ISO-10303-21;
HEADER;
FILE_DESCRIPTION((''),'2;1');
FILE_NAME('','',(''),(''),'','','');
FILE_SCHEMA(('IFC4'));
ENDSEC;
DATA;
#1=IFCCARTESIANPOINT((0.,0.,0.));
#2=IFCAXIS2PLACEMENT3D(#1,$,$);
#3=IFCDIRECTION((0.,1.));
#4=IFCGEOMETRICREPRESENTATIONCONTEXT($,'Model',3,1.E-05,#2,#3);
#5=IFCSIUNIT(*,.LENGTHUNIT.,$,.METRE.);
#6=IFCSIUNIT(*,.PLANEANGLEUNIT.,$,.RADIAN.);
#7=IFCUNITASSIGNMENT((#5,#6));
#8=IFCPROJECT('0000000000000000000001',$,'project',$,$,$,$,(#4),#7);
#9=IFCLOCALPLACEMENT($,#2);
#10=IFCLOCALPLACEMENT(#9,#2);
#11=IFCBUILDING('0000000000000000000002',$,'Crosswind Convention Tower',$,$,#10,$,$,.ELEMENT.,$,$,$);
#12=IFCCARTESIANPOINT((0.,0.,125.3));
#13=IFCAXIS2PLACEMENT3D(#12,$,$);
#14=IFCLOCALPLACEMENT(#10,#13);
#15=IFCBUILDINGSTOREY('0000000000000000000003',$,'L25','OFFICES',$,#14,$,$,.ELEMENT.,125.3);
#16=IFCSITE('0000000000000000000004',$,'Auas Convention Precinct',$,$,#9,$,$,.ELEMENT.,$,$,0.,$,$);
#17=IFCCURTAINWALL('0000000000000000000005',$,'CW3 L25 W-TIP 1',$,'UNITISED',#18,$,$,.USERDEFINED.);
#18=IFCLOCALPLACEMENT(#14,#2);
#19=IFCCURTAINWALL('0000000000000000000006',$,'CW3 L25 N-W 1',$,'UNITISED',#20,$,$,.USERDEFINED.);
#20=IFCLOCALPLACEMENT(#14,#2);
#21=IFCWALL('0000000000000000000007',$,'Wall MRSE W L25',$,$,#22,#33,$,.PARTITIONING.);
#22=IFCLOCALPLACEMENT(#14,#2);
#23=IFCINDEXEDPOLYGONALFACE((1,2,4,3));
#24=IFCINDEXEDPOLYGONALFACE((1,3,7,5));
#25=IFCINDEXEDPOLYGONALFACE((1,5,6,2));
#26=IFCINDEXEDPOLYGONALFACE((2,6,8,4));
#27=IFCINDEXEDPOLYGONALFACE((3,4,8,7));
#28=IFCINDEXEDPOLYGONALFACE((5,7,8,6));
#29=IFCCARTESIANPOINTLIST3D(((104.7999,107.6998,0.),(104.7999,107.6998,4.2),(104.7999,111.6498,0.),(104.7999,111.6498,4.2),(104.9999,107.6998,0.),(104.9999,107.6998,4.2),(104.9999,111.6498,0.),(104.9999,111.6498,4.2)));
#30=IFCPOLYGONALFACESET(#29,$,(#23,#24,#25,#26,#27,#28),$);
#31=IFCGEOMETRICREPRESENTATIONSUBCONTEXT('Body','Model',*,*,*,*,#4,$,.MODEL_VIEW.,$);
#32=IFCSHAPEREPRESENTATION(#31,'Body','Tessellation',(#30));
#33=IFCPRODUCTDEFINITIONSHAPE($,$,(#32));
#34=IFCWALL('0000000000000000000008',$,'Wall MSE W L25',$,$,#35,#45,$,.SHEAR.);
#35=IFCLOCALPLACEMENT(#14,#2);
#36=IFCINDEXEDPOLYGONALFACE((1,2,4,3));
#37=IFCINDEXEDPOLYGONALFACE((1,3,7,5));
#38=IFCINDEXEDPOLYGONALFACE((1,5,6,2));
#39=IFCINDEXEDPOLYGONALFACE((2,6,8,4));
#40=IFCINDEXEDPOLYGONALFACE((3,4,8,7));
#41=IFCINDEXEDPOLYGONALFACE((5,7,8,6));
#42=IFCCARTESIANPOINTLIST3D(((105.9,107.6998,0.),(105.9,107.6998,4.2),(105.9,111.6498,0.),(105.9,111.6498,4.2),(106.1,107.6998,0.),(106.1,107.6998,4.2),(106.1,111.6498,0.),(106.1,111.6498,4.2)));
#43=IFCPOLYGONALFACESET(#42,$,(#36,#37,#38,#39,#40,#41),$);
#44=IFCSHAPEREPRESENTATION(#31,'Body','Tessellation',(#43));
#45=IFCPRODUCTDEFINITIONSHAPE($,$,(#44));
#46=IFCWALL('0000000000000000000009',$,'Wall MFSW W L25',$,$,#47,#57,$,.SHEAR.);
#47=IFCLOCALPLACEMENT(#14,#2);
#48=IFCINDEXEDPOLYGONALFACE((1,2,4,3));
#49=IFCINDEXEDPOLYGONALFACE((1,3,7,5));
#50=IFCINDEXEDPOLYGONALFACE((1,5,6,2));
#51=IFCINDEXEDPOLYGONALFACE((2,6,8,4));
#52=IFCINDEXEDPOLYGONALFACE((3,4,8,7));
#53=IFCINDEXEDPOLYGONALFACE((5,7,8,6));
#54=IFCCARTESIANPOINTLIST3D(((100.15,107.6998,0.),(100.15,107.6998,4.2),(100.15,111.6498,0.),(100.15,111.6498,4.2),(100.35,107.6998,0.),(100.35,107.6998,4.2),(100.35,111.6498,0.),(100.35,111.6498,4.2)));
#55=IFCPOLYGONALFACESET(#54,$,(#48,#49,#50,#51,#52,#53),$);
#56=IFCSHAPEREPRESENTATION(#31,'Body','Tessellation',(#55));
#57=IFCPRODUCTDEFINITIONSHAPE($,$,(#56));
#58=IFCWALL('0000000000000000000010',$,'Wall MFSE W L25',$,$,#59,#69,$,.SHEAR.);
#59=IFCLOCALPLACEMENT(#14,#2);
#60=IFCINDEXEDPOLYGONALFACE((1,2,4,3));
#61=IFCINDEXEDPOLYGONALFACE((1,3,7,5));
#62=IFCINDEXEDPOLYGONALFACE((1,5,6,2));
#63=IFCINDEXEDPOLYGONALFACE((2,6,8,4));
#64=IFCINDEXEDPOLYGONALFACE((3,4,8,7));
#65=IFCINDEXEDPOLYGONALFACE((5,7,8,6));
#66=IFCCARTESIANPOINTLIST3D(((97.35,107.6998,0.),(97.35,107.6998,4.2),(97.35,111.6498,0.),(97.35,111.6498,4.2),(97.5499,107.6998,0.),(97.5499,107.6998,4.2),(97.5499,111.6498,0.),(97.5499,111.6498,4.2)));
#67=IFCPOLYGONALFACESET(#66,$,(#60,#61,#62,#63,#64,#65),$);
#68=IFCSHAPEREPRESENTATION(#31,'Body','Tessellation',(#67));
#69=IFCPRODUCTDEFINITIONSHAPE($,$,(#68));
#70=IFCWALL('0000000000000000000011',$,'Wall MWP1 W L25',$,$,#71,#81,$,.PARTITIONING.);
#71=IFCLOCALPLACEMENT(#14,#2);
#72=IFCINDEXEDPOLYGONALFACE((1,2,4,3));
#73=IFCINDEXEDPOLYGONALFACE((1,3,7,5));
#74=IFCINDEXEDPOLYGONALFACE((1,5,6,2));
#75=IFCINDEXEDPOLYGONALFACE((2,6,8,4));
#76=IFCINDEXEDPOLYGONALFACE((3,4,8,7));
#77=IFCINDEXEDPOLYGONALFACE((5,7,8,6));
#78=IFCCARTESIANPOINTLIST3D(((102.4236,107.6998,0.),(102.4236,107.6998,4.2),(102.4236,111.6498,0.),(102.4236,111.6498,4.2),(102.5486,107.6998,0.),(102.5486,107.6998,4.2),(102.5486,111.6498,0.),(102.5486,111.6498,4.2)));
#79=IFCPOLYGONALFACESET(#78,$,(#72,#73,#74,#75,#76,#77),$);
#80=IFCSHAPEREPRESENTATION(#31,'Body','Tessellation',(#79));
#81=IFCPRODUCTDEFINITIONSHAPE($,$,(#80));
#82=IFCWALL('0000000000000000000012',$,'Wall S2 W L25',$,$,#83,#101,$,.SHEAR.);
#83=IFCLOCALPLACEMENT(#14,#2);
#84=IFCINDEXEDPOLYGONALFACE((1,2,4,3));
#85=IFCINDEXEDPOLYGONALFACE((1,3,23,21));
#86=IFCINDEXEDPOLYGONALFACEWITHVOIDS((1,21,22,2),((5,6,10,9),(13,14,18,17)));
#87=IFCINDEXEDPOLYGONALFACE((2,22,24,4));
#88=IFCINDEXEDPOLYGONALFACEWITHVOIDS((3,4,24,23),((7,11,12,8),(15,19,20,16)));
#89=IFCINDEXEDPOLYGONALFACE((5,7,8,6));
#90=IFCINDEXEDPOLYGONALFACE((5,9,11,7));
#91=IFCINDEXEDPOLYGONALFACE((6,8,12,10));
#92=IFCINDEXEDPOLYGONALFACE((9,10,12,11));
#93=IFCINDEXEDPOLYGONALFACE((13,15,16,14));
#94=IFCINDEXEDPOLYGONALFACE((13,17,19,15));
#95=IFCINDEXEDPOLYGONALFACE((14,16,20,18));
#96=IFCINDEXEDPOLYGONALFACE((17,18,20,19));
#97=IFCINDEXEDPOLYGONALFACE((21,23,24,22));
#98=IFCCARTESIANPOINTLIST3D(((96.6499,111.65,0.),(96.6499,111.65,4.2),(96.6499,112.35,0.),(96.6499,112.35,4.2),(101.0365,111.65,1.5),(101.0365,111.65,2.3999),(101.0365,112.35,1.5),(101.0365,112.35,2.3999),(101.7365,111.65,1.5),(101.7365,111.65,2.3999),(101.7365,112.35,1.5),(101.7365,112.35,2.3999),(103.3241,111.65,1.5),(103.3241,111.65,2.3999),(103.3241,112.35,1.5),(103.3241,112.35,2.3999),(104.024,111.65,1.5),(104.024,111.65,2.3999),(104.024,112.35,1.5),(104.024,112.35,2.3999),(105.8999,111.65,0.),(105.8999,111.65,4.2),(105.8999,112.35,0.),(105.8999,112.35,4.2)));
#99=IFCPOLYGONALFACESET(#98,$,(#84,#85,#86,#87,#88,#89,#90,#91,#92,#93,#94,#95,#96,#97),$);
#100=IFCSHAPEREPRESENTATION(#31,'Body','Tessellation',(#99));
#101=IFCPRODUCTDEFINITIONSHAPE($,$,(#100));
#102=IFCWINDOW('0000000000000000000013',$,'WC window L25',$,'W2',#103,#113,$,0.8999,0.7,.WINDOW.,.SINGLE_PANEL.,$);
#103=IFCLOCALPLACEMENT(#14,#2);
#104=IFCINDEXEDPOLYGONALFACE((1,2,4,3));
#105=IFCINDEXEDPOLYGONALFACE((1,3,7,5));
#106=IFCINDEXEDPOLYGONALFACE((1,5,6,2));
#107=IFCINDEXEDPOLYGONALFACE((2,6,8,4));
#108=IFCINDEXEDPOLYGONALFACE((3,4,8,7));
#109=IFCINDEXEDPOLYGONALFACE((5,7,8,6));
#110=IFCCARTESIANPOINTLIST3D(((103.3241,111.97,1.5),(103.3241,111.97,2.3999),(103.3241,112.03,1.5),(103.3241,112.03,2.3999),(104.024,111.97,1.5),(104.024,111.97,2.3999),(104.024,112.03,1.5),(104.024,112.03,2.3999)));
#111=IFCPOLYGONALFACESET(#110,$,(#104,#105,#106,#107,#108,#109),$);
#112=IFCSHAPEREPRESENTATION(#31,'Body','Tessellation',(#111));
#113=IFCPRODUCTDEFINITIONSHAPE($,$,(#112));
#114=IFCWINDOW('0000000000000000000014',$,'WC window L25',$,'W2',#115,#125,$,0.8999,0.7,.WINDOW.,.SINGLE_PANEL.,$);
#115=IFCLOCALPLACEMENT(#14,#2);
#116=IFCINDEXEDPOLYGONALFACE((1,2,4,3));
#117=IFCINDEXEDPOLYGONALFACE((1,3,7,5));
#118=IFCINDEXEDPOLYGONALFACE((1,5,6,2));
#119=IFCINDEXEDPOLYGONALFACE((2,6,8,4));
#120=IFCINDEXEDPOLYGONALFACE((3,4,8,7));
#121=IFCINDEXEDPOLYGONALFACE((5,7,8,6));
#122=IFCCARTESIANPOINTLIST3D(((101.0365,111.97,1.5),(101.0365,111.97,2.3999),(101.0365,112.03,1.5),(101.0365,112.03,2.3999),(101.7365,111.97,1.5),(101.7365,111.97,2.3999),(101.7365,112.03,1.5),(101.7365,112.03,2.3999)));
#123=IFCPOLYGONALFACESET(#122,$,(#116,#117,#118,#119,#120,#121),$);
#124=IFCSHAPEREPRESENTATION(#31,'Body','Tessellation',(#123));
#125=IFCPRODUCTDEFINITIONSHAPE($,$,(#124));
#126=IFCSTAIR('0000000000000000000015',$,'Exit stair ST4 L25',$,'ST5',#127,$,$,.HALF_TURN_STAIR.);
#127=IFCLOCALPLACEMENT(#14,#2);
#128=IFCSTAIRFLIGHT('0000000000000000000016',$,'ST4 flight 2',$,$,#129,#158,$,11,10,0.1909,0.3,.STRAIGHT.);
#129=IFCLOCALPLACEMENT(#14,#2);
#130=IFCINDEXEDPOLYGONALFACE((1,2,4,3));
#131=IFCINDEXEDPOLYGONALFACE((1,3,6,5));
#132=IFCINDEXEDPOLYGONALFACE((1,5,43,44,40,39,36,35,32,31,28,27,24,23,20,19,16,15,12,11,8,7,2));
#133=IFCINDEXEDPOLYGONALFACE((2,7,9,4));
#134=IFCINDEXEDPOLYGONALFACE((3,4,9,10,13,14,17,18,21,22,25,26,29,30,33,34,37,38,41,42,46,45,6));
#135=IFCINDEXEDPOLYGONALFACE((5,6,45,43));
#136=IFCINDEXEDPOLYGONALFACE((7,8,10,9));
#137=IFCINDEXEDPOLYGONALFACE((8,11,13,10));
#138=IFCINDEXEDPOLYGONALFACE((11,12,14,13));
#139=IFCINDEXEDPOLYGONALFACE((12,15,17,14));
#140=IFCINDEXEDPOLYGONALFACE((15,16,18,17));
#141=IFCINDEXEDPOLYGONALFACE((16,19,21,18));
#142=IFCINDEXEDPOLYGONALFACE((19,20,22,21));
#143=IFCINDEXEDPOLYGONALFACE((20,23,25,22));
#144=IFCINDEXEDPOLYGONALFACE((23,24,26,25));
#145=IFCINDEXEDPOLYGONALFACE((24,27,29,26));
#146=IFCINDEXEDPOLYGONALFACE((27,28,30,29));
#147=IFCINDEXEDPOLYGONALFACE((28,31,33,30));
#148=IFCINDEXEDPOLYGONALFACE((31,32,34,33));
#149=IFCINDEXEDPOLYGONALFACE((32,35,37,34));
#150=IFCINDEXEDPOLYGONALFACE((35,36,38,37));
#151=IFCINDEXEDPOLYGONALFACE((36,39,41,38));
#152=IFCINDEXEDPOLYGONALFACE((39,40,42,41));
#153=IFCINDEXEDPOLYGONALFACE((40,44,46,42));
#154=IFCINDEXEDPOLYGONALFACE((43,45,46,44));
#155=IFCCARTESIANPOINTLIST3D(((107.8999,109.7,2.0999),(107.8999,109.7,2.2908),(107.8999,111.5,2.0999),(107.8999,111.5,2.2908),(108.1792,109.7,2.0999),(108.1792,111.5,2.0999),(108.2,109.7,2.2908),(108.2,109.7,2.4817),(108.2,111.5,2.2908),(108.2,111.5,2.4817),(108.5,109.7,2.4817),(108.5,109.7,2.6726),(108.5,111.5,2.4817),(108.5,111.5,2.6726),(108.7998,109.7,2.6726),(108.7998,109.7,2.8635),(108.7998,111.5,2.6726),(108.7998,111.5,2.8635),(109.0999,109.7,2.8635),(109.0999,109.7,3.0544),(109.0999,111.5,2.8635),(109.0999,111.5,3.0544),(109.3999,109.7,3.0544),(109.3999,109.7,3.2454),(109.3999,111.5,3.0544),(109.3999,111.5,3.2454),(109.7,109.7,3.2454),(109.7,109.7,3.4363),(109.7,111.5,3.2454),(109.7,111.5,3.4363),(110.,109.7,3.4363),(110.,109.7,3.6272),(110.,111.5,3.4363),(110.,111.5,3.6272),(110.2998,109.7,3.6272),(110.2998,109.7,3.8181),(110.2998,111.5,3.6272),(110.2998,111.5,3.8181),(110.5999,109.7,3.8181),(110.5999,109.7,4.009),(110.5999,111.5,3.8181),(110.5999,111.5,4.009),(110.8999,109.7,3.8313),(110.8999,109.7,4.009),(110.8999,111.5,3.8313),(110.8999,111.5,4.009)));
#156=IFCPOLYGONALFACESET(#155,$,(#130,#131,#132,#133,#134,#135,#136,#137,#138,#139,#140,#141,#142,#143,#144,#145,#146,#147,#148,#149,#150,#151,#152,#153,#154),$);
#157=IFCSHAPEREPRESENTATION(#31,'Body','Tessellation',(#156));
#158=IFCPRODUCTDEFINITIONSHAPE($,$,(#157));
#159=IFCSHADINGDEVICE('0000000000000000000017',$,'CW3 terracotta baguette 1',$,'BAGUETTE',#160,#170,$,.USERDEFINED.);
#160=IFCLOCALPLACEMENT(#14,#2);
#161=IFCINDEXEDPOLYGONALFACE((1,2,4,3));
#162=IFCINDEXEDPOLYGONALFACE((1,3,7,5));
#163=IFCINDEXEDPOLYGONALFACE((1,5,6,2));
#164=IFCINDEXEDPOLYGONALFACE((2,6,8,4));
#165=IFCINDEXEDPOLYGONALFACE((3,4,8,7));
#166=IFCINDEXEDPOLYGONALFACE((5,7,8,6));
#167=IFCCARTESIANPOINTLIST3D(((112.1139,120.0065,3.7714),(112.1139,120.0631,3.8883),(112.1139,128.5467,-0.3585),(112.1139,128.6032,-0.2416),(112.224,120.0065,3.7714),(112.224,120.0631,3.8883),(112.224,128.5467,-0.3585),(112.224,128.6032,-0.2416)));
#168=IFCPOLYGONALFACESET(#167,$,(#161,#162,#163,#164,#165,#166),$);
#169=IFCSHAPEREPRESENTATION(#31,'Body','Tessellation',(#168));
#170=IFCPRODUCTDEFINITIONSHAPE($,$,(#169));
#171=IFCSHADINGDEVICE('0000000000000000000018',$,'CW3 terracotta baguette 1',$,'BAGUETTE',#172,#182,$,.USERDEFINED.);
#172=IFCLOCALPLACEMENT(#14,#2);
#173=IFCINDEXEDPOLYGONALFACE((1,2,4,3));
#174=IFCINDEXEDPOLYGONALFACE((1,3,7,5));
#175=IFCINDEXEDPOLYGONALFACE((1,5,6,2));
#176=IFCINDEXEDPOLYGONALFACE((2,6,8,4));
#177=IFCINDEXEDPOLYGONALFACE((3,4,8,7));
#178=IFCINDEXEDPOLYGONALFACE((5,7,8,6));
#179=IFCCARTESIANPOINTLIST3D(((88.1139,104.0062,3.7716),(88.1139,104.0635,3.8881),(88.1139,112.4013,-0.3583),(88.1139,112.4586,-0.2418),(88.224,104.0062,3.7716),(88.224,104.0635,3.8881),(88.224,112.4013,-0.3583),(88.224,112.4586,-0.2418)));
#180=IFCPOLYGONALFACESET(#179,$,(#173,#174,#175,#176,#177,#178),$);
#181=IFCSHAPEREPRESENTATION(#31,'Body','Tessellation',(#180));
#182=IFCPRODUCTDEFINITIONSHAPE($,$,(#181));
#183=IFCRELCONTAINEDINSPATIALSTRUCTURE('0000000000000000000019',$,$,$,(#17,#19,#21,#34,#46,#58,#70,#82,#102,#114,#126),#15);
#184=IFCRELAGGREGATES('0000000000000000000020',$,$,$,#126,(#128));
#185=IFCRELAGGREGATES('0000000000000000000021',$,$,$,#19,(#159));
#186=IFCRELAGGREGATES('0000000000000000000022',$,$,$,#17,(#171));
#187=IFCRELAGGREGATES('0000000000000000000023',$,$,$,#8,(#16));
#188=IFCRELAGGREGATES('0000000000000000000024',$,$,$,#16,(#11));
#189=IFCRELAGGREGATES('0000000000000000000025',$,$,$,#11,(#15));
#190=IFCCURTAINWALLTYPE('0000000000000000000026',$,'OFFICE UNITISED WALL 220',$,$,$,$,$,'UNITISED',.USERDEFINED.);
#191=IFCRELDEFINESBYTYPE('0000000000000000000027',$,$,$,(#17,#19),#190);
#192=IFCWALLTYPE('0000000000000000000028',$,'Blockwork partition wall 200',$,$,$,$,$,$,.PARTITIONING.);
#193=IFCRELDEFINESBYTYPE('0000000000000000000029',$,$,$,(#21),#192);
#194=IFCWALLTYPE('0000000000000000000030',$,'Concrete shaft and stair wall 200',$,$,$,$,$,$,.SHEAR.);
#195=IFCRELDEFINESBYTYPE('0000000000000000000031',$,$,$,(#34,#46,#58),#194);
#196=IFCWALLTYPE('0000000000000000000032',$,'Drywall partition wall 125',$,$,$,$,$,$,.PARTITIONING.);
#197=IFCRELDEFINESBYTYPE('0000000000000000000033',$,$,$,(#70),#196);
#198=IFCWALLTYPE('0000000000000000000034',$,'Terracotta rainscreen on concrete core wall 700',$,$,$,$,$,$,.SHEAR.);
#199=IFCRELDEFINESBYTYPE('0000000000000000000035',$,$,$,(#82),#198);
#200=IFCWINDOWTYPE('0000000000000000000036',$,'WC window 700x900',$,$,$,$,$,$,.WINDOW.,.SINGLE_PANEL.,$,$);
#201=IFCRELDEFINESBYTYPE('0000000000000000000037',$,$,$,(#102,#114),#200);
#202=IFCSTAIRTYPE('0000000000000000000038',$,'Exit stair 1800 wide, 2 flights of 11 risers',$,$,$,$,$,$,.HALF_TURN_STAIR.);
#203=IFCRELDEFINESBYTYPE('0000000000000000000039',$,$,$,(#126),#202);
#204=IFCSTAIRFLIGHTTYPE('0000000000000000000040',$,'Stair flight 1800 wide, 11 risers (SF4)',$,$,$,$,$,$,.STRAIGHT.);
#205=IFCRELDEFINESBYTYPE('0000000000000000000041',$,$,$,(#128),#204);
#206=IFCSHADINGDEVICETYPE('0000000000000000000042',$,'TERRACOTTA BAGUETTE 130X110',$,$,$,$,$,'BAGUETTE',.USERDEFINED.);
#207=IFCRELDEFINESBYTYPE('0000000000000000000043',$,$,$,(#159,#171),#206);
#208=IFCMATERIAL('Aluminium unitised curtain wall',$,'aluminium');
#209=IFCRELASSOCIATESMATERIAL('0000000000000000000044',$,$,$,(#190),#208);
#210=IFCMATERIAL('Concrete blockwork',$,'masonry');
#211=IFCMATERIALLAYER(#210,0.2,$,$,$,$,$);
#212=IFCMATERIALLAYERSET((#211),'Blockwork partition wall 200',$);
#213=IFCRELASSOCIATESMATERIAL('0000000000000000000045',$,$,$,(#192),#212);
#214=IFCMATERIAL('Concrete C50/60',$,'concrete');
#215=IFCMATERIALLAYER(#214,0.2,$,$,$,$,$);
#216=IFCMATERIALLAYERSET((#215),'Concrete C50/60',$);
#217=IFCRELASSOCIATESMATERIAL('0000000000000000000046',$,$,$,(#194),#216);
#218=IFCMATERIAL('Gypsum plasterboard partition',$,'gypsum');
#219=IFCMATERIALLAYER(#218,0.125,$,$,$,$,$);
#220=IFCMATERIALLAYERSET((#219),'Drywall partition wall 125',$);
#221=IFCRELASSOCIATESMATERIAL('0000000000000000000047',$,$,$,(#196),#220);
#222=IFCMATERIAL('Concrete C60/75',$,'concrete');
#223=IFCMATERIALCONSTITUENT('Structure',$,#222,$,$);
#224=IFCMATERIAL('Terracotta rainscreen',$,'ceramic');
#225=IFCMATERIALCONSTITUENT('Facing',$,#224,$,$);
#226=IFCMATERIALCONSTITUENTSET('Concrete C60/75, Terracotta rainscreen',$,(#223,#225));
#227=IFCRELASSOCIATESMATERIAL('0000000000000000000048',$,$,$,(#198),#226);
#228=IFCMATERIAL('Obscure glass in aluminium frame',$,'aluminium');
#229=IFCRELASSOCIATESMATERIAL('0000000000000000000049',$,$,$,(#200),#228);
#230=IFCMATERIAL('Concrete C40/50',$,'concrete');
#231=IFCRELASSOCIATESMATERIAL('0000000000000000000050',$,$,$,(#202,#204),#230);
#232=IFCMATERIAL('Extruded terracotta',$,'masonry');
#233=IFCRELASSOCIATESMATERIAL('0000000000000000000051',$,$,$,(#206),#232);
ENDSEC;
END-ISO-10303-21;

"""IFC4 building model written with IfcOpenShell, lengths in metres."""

from ifc_helpers import new_model, si_unit, direction, frame, frame_2d, origin, origin_2d, place, context, subcontext, project, spatial, polyline, rectangle, outline, extrude, material, layer, layer_set, constituent, constituent_set, material_profile, profile_set, type_object, element, fill, aggregate, save


model = new_model("IFC4")

# Units and contexts
model_context = context("Model", 3, precision=1e-05, world=origin(), true_north=direction((0.0, 1.0)))
body_context = subcontext(model_context, "Body", "Model", "MODEL_VIEW")
ifc_project = project(units=[si_unit("LENGTHUNIT", "METRE"), si_unit("PLANEANGLEUNIT", "RADIAN")], contexts=[model_context])

# Site, building, storey
site_placement = place(None, origin())
site = spatial("IfcSite", under=ifc_project, at=site_placement, Name="Auas Convention Precinct", CompositionType="ELEMENT", RefElevation=0.0)
building_placement = place(site_placement, origin())
building = spatial("IfcBuilding", under=site, at=building_placement, Name="Crosswind Convention Tower", CompositionType="ELEMENT")
storey_placement = place(building_placement, frame((0.0, 0.0, 125.3)))
storey = spatial("IfcBuildingStorey", under=building, at=storey_placement, Name="L25", Description="OFFICES", CompositionType="ELEMENT", Elevation=125.3)

# Shared definitions
ifc_material_1 = material(Name="Concrete C60/75", Category="concrete")

# Shared definitions
ifc_material_2 = material(Name="Aluminium unitised curtain wall", Category="aluminium")

# Curtain wall
curtain_wall_type_1 = type_object("IfcCurtainWallType", Name="OFFICE UNITISED WALL 220", ElementType="UNITISED", PredefinedType="USERDEFINED", material=ifc_material_2)
curtain_wall_1_placement = place(storey_placement, origin())
curtain_wall_1 = element("IfcCurtainWall", 1, at=curtain_wall_1_placement, inside=storey, type_object=curtain_wall_type_1, Name="CW3 L25 W-TIP 1", ObjectType="UNITISED", PredefinedType="USERDEFINED")

# Curtain wall
curtain_wall_2_placement = place(storey_placement, origin())
curtain_wall_2 = element("IfcCurtainWall", 2, at=curtain_wall_2_placement, inside=storey, type_object=curtain_wall_type_1, Name="CW3 L25 N-W 1", ObjectType="UNITISED", PredefinedType="USERDEFINED")

# Wall
ifc_material_3 = material(Name="Concrete blockwork", Category="masonry")
ifc_layer_1 = layer(ifc_material_3, 0.2)
ifc_layer_set_1 = layer_set([ifc_layer_1], Name="Blockwork partition wall 200")
wall_type_1 = type_object("IfcWallType", Name="Blockwork partition wall 200", PredefinedType="PARTITIONING", material=ifc_layer_set_1)
wall_1_placement = place(storey_placement, frame((104.8999, 111.6499, 0.0), z_axis=(0.0, 0.0, 1.0), x_axis=(0.0, -1.0, 0.0)))
element("IfcWall", 3, at=wall_1_placement, inside=storey, type_object=wall_type_1, Name="Wall MRSE W L25", PredefinedType="PARTITIONING", context=body_context, shape_type="SweptSolid", body=[
    extrude(rectangle(XDim=3.95, YDim=0.2, at=frame_2d((1.9751, 0.0))), origin(), (0.0, 0.0, 1.0), 4.2),
])

# Walls
ifc_material_4 = material(Name="Concrete C50/60", Category="concrete")
ifc_layer_2 = layer(ifc_material_4, 0.2)
ifc_layer_set_2 = layer_set([ifc_layer_2], Name="Concrete C50/60")
wall_type_2 = type_object("IfcWallType", Name="Concrete shaft and stair wall 200", PredefinedType="SHEAR", material=ifc_layer_set_2)
for number, where, z_axis, x_axis, name in (
    (4, (106.0, 111.6499, 0.0), (0.0, 0.0, 1.0), (0.0, -1.0, 0.0), "Wall MSE W L25"),
    (5, (100.25, 111.6499, 0.0), (0.0, 0.0, 1.0), (0.0, -1.0, 0.0), "Wall MFSW W L25"),
    (6, (97.45, 111.6499, 0.0), (0.0, 0.0, 1.0), (0.0, -1.0, 0.0), "Wall MFSE W L25"),
):
    element("IfcWall", number, at=place(storey_placement, frame(where, z_axis=z_axis, x_axis=x_axis)), inside=storey, type_object=wall_type_2, Name=name, PredefinedType="SHEAR", context=body_context, shape_type="SweptSolid", body=[
        extrude(rectangle(XDim=3.95, YDim=0.2, at=frame_2d((1.9751, 0.0))), origin(), (0.0, 0.0, 1.0), 4.2),
    ])
ifc_material_5 = material(Name="Gypsum plasterboard partition", Category="gypsum")
ifc_layer_3 = layer(ifc_material_5, 0.125)
ifc_layer_set_3 = layer_set([ifc_layer_3], Name="Drywall partition wall 125")
wall_type_3 = type_object("IfcWallType", Name="Drywall partition wall 125", PredefinedType="PARTITIONING", material=ifc_layer_set_3)
wall_2_placement = place(storey_placement, frame((102.4861, 111.6499, 0.0), z_axis=(0.0, 0.0, 1.0), x_axis=(0.0, -1.0, 0.0)))
element("IfcWall", 7, at=wall_2_placement, inside=storey, type_object=wall_type_3, Name="Wall MWP1 W L25", PredefinedType="PARTITIONING", context=body_context, shape_type="SweptSolid", body=[
    extrude(rectangle(XDim=3.95, YDim=0.125, at=frame_2d((1.9751, 0.0))), origin(), (0.0, 0.0, 1.0), 4.2),
])

# Wall, openings, windows
ifc_constituent_1 = constituent(ifc_material_1, Name="Structure")
ifc_material_6 = material(Name="Terracotta rainscreen", Category="ceramic")
ifc_constituent_2 = constituent(ifc_material_6, Name="Facing")
ifc_constituent_set = constituent_set(constituents=[ifc_constituent_1, ifc_constituent_2], Name="Concrete C60/75, Terracotta rainscreen")
wall_type_4 = type_object("IfcWallType", Name="Terracotta rainscreen on concrete core wall 700", PredefinedType="SHEAR", material=ifc_constituent_set)
wall_3_placement = place(storey_placement, frame((105.8999, 112.0, 0.0), z_axis=(0.0, 0.0, 1.0), x_axis=(-1.0, 0.0, 0.0)))
wall_3 = element("IfcWall", 8, at=wall_3_placement, inside=storey, type_object=wall_type_4, Name="Wall S2 W L25", PredefinedType="SHEAR", context=body_context, shape_type="SweptSolid", body=[
    extrude(rectangle(XDim=9.25, YDim=0.7, at=frame_2d((4.625, 0.0))), origin(), (0.0, 0.0, 1.0), 4.2),
])
opening_1_placement = place(wall_3_placement, frame((1.8757, 0.0, 1.5)))
opening_1 = element("IfcOpeningElement", 9, at=opening_1_placement, cuts=wall_3, PredefinedType="OPENING", context=body_context, shape_type="SweptSolid", body=[
    extrude(rectangle(XDim=0.7, YDim=0.8999, at=frame_2d((0.3501, 0.45))), frame((0.0, 0.3599, 0.0), z_axis=(0.0, -1.0, 0.0), x_axis=(1.0, 0.0, 0.0)), (0.0, 0.0, 1.0), 0.72),
])
opening_2_placement = place(wall_3_placement, frame((4.1633, 0.0, 1.5)))
opening_2 = element("IfcOpeningElement", 10, at=opening_2_placement, cuts=wall_3, PredefinedType="OPENING", context=body_context, shape_type="SweptSolid", body=[
    extrude(rectangle(XDim=0.7, YDim=0.8999, at=frame_2d((0.3501, 0.45))), frame((0.0, 0.3599, 0.0), z_axis=(0.0, -1.0, 0.0), x_axis=(1.0, 0.0, 0.0)), (0.0, 0.0, 1.0), 0.72),
])
ifc_material_7 = material(Name="Obscure glass in aluminium frame", Category="aluminium")
window_type = type_object("IfcWindowType", Name="WC window 700x900", PartitioningType="SINGLE_PANEL", PredefinedType="WINDOW", material=ifc_material_7)
window_1_placement = place(opening_1_placement, origin())
window_1 = element("IfcWindow", 11, at=window_1_placement, inside=storey, type_object=window_type, Name="WC window L25", ObjectType="W2", OverallHeight=0.8999, OverallWidth=0.7, PartitioningType="SINGLE_PANEL", PredefinedType="WINDOW", context=body_context, shape_type="SweptSolid", body=[
    extrude(rectangle(XDim=0.7, YDim=0.8999, at=frame_2d((0.3501, 0.45))), frame((0.0, 0.03, 0.0), z_axis=(0.0, -1.0, 0.0), x_axis=(1.0, 0.0, 0.0)), (0.0, 0.0, 1.0), 0.0601),
])
fill(opening_1, window_1)
window_2_placement = place(opening_2_placement, origin())
window_2 = element("IfcWindow", 12, at=window_2_placement, inside=storey, type_object=window_type, Name="WC window L25", ObjectType="W2", OverallHeight=0.8999, OverallWidth=0.7, PartitioningType="SINGLE_PANEL", PredefinedType="WINDOW", context=body_context, shape_type="SweptSolid", body=[
    extrude(rectangle(XDim=0.7, YDim=0.8999, at=frame_2d((0.3501, 0.45))), frame((0.0, 0.03, 0.0), z_axis=(0.0, -1.0, 0.0), x_axis=(1.0, 0.0, 0.0)), (0.0, 0.0, 1.0), 0.0601),
])
fill(opening_2, window_2)

# Stair, stair flight
ifc_material_8 = material(Name="Concrete C40/50", Category="concrete")
stair_type = type_object("IfcStairType", Name="Exit stair 1800 wide, 2 flights of 11 risers", PredefinedType="HALF_TURN_STAIR", material=ifc_material_8)
stair_placement = place(storey_placement, origin())
stair = element("IfcStair", 13, at=stair_placement, inside=storey, type_object=stair_type, Name="Exit stair ST4 L25", ObjectType="ST5", PredefinedType="HALF_TURN_STAIR")
stair_flight_type = type_object("IfcStairFlightType", Name="Stair flight 1800 wide, 11 risers (SF4)", PredefinedType="STRAIGHT", material=ifc_material_8)
stair_flight_placement = place(storey_placement, frame((107.8999, 110.6001, 2.0999), z_axis=(0.0, 0.0, 1.0), x_axis=(1.0, 0.0, 0.0)))
stair_flight = element("IfcStairFlight", 14, at=stair_flight_placement, type_object=stair_flight_type, Name="ST4 flight 2", NumberOfRisers=11, NumberOfTreads=10, PredefinedType="STRAIGHT", RiserHeight=0.1909, TreadLength=0.3, context=body_context, shape_type="SweptSolid", body=[
    extrude(outline(polyline([(0.0, 0.0), (0.0, 0.1909), (0.3, 0.1909), (0.3, 0.3818), (0.6001, 0.3818), (0.6001, 0.5728), (0.8999, 0.5728), (0.8999, 0.7637), (1.2, 0.7637), (1.2, 0.9546), (1.5, 0.9546), (1.5, 1.1455), (1.8, 1.1455), (1.8, 1.3364), (2.1001, 1.3364), (2.1001, 1.5273), (2.3999, 1.5273), (2.3999, 1.7183), (2.7, 1.7183), (2.7, 1.9092), (3.0, 1.9092), (3.0, 2.1001), (3.0, 1.7314), (0.2793, 0.0), (0.0, 0.0)])), frame((0.0, 0.8999, 0.0), z_axis=(0.0, -1.0, 0.0), x_axis=(1.0, 0.0, 0.0)), (0.0, 0.0, 1.0), 1.8),
])
aggregate(stair, [stair_flight])

# Shading devices
ifc_material_9 = material(Name="Extruded terracotta", Category="masonry")
ifc_material_profile_1 = material_profile(ifc_material_9, rectangle(XDim=0.1101, YDim=0.1299, at=origin_2d()), Name="TC 110X130")
ifc_profile_set_1 = profile_set([ifc_material_profile_1], Name="Extruded terracotta")
shading_device_type = type_object("IfcShadingDeviceType", Name="TERRACOTTA BAGUETTE 130X110", ElementType="BAGUETTE", PredefinedType="USERDEFINED", material=ifc_profile_set_1)
shading_device_1_placement = place(storey_placement, frame((112.1689, 128.575, -0.3), z_axis=(0.0, -0.900258, 0.435356), x_axis=(1.0, 0.0, 0.0)))
shading_device_1 = element("IfcShadingDevice", 15, at=shading_device_1_placement, type_object=shading_device_type, Name="CW3 terracotta baguette 1", ObjectType="BAGUETTE", PredefinedType="USERDEFINED", context=body_context, shape_type="SweptSolid", body=[
    extrude(rectangle(XDim=0.1101, YDim=0.1299, at=origin_2d()), origin(), (0.0, 0.0, 1.0), 9.4863),
])
aggregate(curtain_wall_2, [shading_device_1])
shading_device_2_placement = place(storey_placement, frame((88.1689, 112.4299, -0.3), z_axis=(0.0, -0.8973, 0.441422), x_axis=(1.0, 0.0, 0.0)))
shading_device_2 = element("IfcShadingDevice", 16, at=shading_device_2_placement, type_object=shading_device_type, Name="CW3 terracotta baguette 1", ObjectType="BAGUETTE", PredefinedType="USERDEFINED", context=body_context, shape_type="SweptSolid", body=[
    extrude(rectangle(XDim=0.1101, YDim=0.1299, at=origin_2d()), origin(), (0.0, 0.0, 1.0), 9.356),
])
aggregate(curtain_wall_1, [shading_device_2])

save(model, "model.ifc")
